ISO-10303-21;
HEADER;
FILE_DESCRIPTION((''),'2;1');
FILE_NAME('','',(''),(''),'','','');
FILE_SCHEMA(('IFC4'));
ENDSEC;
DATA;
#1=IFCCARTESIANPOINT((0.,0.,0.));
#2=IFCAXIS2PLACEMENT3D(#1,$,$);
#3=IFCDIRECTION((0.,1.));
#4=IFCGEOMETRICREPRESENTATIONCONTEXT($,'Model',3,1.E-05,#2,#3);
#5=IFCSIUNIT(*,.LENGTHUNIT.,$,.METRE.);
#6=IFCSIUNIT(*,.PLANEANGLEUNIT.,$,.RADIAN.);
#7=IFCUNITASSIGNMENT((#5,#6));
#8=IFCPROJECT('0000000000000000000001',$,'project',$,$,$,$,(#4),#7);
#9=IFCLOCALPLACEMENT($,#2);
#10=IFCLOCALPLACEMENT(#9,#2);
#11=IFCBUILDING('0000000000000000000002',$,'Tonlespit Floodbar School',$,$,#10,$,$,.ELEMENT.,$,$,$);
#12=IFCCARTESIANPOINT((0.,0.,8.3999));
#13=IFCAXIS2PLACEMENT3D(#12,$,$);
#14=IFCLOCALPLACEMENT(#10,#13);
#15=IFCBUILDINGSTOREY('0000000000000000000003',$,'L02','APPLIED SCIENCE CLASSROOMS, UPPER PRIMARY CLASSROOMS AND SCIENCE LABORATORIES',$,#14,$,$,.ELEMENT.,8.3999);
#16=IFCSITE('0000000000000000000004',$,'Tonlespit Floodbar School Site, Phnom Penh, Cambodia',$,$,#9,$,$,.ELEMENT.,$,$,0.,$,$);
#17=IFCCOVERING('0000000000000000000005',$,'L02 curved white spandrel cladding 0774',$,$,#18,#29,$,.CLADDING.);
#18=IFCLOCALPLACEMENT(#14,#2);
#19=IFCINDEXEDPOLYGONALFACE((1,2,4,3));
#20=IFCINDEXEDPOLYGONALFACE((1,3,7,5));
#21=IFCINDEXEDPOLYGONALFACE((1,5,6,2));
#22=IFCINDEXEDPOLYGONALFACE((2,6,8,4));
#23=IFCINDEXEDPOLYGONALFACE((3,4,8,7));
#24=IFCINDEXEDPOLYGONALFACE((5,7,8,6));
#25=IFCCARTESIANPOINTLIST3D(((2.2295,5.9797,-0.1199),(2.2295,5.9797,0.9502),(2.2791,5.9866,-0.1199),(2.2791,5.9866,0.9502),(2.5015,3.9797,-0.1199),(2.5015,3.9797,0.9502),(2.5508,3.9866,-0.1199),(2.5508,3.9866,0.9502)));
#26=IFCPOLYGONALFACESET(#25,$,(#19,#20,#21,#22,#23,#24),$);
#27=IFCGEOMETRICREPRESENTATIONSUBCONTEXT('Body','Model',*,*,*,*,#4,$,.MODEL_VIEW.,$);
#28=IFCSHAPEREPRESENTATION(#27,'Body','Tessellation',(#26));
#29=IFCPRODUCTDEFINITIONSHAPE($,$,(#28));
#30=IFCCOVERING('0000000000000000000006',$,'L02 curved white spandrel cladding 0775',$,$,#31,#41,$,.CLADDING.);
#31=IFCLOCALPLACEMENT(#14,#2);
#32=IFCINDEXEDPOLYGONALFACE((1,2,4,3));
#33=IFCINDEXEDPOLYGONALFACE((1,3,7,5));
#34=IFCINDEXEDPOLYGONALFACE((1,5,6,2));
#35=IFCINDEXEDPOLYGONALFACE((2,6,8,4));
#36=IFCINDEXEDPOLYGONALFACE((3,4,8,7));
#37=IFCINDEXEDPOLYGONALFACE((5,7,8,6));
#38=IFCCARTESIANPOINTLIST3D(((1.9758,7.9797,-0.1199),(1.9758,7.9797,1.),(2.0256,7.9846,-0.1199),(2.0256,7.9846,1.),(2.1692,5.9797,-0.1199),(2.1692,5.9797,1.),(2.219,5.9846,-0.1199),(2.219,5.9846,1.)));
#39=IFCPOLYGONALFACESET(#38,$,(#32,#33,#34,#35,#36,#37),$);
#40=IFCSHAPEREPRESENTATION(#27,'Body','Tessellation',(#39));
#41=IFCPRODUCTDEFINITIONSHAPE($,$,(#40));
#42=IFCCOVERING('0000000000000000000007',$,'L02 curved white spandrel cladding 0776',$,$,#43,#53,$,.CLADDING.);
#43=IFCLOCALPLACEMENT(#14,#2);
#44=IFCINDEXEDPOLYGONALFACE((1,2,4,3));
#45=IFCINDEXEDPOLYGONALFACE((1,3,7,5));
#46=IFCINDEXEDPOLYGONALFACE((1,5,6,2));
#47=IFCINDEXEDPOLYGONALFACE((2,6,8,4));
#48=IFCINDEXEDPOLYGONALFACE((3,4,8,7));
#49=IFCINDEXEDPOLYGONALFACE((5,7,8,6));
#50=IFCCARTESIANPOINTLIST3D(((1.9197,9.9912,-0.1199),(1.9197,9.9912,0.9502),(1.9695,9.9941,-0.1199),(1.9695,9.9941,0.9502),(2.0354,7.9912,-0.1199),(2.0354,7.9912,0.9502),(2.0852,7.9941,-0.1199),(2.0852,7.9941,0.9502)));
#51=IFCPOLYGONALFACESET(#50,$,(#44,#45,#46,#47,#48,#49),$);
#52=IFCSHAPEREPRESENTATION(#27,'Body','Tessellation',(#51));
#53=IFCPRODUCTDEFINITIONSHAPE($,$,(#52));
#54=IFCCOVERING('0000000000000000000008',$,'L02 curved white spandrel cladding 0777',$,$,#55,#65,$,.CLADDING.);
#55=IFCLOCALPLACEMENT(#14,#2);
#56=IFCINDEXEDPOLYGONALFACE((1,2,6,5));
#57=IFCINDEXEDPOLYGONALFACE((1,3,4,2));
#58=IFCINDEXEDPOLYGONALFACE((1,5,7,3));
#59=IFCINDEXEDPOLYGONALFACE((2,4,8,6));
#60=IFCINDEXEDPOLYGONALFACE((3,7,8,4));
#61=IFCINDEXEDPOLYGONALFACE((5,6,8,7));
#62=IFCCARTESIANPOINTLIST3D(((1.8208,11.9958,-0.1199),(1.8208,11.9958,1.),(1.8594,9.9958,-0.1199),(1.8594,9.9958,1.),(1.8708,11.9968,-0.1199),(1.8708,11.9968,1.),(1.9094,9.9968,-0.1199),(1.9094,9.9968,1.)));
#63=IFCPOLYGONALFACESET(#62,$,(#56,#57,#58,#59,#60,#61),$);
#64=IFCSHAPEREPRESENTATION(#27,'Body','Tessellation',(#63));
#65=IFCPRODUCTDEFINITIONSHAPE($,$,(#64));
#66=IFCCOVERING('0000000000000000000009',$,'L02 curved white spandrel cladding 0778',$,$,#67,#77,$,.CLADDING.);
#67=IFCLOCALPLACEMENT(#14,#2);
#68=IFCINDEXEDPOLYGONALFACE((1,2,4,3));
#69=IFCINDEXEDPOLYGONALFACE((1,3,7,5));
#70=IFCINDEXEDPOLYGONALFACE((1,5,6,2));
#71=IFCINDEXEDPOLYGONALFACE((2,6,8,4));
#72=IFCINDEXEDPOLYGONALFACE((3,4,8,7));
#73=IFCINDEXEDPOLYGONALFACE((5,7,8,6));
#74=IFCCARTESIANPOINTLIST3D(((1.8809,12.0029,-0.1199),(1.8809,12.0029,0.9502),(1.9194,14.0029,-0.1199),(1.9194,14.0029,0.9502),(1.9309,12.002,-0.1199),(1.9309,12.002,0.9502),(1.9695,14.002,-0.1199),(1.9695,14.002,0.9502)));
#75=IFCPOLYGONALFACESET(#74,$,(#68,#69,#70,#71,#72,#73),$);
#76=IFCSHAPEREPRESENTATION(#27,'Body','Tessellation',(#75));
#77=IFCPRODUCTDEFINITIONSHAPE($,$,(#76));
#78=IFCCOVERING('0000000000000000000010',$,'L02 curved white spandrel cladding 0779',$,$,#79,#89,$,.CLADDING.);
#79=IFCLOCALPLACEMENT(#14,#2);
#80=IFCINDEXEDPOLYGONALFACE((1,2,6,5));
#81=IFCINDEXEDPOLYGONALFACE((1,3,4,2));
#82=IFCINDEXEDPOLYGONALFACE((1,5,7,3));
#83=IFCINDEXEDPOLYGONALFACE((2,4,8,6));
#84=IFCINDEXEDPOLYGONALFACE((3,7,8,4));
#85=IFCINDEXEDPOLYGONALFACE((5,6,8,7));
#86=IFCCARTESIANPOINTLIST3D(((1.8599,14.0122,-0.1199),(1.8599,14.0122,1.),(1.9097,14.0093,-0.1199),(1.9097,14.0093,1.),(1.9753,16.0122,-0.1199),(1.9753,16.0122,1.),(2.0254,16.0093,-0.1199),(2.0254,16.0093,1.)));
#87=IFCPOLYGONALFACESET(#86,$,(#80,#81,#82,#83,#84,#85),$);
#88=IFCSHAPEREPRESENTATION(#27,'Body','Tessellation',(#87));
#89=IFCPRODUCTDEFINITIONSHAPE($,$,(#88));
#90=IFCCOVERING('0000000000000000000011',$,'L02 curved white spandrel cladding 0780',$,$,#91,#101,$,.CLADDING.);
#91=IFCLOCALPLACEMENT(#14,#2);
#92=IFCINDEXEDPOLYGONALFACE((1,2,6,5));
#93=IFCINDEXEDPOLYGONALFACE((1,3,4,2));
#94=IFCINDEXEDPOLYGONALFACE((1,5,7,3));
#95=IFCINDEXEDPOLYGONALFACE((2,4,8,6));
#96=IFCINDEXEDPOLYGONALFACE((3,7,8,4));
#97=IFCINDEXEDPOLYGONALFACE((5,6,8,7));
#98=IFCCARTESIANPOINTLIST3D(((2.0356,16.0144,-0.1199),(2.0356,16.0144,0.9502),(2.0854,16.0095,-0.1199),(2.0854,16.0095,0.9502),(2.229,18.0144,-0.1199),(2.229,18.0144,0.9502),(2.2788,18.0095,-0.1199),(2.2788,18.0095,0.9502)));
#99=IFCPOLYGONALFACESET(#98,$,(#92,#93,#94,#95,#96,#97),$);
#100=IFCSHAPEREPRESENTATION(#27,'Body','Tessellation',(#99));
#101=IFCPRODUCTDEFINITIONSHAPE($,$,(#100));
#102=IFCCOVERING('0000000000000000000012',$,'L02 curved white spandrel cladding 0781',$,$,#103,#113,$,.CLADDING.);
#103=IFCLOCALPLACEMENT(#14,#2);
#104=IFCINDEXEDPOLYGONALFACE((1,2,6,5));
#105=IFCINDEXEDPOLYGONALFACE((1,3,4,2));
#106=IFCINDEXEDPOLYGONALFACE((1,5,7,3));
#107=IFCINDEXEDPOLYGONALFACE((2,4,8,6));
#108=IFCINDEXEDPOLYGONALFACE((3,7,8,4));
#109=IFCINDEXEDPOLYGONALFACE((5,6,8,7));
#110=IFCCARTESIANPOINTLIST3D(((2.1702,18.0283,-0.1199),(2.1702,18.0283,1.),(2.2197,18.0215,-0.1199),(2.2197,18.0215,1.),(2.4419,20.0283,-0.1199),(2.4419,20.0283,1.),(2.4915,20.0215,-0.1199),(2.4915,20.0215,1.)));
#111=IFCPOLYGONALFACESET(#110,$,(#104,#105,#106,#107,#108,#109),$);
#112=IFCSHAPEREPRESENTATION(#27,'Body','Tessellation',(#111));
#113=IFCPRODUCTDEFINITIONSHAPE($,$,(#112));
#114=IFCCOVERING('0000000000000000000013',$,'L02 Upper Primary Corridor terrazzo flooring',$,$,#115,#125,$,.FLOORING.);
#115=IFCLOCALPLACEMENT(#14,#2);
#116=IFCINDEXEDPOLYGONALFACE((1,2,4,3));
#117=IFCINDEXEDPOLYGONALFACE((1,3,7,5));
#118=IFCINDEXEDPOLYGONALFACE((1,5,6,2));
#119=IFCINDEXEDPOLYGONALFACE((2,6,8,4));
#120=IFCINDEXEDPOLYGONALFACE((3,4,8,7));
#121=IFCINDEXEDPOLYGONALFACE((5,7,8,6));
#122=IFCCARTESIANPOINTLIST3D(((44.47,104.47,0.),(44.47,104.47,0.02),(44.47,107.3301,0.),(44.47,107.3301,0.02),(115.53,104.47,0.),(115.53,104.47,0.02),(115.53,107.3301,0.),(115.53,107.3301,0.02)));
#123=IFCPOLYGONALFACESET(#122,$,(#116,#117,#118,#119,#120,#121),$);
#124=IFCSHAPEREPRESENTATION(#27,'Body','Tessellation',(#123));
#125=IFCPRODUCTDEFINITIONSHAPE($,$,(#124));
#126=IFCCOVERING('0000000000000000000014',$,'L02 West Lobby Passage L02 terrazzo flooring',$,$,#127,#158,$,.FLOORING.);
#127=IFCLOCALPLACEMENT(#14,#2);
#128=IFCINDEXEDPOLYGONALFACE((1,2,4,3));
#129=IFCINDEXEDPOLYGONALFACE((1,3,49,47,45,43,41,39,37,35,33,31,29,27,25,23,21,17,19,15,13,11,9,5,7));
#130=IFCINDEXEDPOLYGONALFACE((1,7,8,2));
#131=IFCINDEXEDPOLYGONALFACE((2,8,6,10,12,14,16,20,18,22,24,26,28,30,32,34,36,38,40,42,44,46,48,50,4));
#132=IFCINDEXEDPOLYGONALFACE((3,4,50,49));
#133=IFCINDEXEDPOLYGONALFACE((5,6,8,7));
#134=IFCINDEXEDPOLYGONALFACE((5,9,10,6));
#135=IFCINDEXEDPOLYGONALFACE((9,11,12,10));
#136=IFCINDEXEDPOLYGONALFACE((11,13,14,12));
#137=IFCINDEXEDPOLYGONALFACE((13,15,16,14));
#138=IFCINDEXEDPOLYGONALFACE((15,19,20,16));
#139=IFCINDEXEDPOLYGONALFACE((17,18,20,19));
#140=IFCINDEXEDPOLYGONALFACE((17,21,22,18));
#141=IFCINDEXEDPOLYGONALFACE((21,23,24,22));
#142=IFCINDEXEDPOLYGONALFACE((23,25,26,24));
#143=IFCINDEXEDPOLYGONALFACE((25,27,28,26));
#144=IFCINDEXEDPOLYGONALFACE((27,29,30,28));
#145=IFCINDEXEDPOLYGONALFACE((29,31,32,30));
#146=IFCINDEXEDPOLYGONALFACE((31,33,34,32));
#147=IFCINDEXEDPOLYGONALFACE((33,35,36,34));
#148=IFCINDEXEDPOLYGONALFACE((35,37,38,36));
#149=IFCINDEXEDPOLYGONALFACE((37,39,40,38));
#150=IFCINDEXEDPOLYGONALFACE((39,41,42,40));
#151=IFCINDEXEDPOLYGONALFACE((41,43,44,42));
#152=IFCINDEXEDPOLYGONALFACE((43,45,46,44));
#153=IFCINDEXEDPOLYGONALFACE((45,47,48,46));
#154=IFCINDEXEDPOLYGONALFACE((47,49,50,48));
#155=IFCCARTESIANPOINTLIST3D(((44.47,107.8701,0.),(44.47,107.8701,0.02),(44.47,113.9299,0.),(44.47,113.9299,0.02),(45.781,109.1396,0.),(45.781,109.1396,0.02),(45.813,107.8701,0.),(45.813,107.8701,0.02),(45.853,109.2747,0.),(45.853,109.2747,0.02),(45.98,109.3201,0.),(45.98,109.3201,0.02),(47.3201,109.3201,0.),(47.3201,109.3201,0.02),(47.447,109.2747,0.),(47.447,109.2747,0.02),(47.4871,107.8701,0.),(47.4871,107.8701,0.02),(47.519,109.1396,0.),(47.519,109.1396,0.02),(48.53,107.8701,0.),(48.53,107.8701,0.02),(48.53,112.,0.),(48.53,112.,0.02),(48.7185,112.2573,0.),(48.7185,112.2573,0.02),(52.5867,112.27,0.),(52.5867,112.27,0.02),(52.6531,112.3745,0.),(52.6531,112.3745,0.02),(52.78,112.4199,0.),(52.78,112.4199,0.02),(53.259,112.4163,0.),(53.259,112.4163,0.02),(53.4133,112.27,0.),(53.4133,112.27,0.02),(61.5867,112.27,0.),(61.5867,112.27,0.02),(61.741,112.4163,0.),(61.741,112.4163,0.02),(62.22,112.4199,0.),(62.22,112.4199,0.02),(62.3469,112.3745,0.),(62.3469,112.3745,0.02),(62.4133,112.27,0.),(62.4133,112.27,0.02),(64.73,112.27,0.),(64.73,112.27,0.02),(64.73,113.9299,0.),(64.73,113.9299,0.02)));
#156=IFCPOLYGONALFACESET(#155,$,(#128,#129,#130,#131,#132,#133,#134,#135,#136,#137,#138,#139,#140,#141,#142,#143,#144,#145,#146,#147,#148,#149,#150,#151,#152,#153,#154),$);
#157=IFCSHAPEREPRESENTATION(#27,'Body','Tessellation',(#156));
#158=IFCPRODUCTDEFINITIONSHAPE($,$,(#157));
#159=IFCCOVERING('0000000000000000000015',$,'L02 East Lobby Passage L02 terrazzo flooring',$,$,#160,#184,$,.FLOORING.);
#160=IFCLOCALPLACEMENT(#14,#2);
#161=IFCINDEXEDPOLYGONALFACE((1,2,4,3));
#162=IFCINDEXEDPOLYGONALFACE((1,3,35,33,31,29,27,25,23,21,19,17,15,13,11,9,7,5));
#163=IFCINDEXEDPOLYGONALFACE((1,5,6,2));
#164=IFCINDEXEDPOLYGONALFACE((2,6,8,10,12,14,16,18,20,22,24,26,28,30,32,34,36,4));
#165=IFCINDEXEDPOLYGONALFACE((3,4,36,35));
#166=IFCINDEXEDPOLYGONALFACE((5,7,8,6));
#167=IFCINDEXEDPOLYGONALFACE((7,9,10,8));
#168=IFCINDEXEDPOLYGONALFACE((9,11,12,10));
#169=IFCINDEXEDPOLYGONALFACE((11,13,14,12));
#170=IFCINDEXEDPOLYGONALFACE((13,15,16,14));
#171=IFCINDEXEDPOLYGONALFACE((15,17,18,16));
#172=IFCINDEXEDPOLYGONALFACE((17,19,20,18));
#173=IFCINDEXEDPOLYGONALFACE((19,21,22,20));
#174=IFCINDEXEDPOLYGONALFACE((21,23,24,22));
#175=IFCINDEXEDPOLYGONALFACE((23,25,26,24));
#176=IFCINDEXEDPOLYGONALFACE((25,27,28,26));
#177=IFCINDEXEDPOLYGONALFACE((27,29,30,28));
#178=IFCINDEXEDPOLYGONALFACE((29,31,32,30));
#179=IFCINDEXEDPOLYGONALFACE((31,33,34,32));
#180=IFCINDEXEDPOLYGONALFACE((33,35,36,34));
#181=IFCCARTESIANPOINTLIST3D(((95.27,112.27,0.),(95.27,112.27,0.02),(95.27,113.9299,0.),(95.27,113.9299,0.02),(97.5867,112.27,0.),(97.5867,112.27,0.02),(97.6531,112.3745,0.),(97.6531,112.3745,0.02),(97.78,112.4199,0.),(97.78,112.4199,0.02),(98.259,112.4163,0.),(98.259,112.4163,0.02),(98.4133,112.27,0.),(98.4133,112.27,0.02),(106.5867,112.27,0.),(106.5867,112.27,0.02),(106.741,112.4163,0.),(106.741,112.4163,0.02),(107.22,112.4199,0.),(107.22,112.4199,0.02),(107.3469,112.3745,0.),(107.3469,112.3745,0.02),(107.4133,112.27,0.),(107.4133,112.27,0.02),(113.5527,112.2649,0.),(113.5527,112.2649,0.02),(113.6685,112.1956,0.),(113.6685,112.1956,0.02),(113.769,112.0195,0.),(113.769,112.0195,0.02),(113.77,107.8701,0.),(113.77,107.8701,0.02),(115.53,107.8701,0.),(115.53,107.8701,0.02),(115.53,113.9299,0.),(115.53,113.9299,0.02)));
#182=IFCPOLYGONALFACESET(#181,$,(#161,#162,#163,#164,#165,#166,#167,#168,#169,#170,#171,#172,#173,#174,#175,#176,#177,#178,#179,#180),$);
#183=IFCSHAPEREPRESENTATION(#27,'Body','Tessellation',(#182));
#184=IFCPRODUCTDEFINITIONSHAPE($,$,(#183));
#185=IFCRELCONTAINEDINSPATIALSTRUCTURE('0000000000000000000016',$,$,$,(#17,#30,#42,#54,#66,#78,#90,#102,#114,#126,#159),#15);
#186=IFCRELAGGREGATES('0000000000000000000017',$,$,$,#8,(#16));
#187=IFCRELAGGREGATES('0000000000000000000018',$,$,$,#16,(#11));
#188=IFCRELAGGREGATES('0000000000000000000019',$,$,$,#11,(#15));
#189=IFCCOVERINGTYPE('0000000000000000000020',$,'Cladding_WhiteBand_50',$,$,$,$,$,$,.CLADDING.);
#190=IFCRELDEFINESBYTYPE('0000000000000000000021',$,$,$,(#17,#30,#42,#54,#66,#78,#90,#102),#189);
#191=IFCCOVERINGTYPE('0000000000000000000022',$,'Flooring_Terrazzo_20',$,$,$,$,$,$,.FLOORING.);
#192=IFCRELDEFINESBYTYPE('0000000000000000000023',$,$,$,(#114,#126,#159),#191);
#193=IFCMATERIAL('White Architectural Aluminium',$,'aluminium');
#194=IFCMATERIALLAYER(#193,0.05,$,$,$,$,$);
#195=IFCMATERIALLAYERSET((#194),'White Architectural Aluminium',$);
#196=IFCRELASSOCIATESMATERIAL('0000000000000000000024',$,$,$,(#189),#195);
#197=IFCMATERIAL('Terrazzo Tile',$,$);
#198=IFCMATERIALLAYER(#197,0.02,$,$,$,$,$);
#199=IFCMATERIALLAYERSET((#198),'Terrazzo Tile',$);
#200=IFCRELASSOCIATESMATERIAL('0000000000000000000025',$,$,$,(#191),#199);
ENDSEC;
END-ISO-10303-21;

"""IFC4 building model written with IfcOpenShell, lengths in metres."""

from ifc_helpers import new_model, si_unit, direction, frame, origin, place, context, subcontext, project, spatial, polyline, outline, extrude, material, layer, layer_set, type_object, element, save


model = new_model("IFC4")

# Units and contexts
model_context = context("Model", 3, precision=1e-05, world=origin(), true_north=direction((0.0, 1.0)))
body_context = subcontext(model_context, "Body", "Model", "MODEL_VIEW")
ifc_project = project(units=[si_unit("LENGTHUNIT", "METRE"), si_unit("PLANEANGLEUNIT", "RADIAN")], contexts=[model_context])

# Site, building, storey
site_placement = place(None, origin())
site = spatial("IfcSite", under=ifc_project, at=site_placement, Name="Tonlespit Floodbar School Site, Phnom Penh, Cambodia", CompositionType="ELEMENT", RefElevation=0.0)
building_placement = place(site_placement, origin())
building = spatial("IfcBuilding", under=site, at=building_placement, Name="Tonlespit Floodbar School", CompositionType="ELEMENT")
storey_placement = place(building_placement, frame((0.0, 0.0, 8.3999)))
storey = spatial("IfcBuildingStorey", under=building, at=storey_placement, Name="L02", Description="APPLIED SCIENCE CLASSROOMS, UPPER PRIMARY CLASSROOMS AND SCIENCE LABORATORIES", CompositionType="ELEMENT", Elevation=8.3999)

# Shared definitions
ifc_material_1 = material(Name="White Architectural Aluminium", Category="aluminium")

# Coverings
ifc_layer_1 = layer(ifc_material_1, 0.05)
ifc_layer_set_1 = layer_set([ifc_layer_1], Name="White Architectural Aluminium")
covering_type_1 = type_object("IfcCoveringType", Name="Cladding_WhiteBand_50", PredefinedType="CLADDING", material=ifc_layer_set_1)
covering_1_placement = place(storey_placement, frame((0.0, 0.0, -0.1199)))
element("IfcCovering", 1, at=covering_1_placement, inside=storey, type_object=covering_type_1, Name="L02 curved white spandrel cladding 0774", PredefinedType="CLADDING", context=body_context, shape_type="SweptSolid", body=[
    extrude(outline(polyline([(2.5508, 3.9866), (2.2791, 5.9866), (2.2295, 5.9797), (2.5015, 3.9797), (2.5508, 3.9866)])), origin(), (0.0, 0.0, 1.0), 1.0701),
])
covering_2_placement = place(storey_placement, frame((0.0, 0.0, -0.1199)))
element("IfcCovering", 2, at=covering_2_placement, inside=storey, type_object=covering_type_1, Name="L02 curved white spandrel cladding 0775", PredefinedType="CLADDING", context=body_context, shape_type="SweptSolid", body=[
    extrude(outline(polyline([(2.219, 5.9846), (2.0256, 7.9846), (1.9758, 7.9797), (2.1692, 5.9797), (2.219, 5.9846)])), origin(), (0.0, 0.0, 1.0), 1.1199),
])
covering_3_placement = place(storey_placement, frame((0.0, 0.0, -0.1199)))
element("IfcCovering", 3, at=covering_3_placement, inside=storey, type_object=covering_type_1, Name="L02 curved white spandrel cladding 0776", PredefinedType="CLADDING", context=body_context, shape_type="SweptSolid", body=[
    extrude(outline(polyline([(2.0852, 7.9941), (1.9695, 9.9941), (1.9197, 9.9912), (2.0354, 7.9912), (2.0852, 7.9941)])), origin(), (0.0, 0.0, 1.0), 1.0701),
])
covering_4_placement = place(storey_placement, frame((0.0, 0.0, -0.1199)))
element("IfcCovering", 4, at=covering_4_placement, inside=storey, type_object=covering_type_1, Name="L02 curved white spandrel cladding 0777", PredefinedType="CLADDING", context=body_context, shape_type="SweptSolid", body=[
    extrude(outline(polyline([(1.9094, 9.9968), (1.8708, 11.9968), (1.8208, 11.9958), (1.8594, 9.9958), (1.9094, 9.9968)])), origin(), (0.0, 0.0, 1.0), 1.1199),
])
covering_5_placement = place(storey_placement, frame((0.0, 0.0, -0.1199)))
element("IfcCovering", 5, at=covering_5_placement, inside=storey, type_object=covering_type_1, Name="L02 curved white spandrel cladding 0778", PredefinedType="CLADDING", context=body_context, shape_type="SweptSolid", body=[
    extrude(outline(polyline([(1.9309, 12.002), (1.9695, 14.002), (1.9194, 14.0029), (1.8809, 12.0029), (1.9309, 12.002)])), origin(), (0.0, 0.0, 1.0), 1.0701),
])
covering_6_placement = place(storey_placement, frame((0.0, 0.0, -0.1199)))
element("IfcCovering", 6, at=covering_6_placement, inside=storey, type_object=covering_type_1, Name="L02 curved white spandrel cladding 0779", PredefinedType="CLADDING", context=body_context, shape_type="SweptSolid", body=[
    extrude(outline(polyline([(1.9097, 14.0093), (2.0254, 16.0093), (1.9753, 16.0122), (1.8599, 14.0122), (1.9097, 14.0093)])), origin(), (0.0, 0.0, 1.0), 1.1199),
])
covering_7_placement = place(storey_placement, frame((0.0, 0.0, -0.1199)))
element("IfcCovering", 7, at=covering_7_placement, inside=storey, type_object=covering_type_1, Name="L02 curved white spandrel cladding 0780", PredefinedType="CLADDING", context=body_context, shape_type="SweptSolid", body=[
    extrude(outline(polyline([(2.0854, 16.0095), (2.2788, 18.0095), (2.229, 18.0144), (2.0356, 16.0144), (2.0854, 16.0095)])), origin(), (0.0, 0.0, 1.0), 1.0701),
])
covering_8_placement = place(storey_placement, frame((0.0, 0.0, -0.1199)))
element("IfcCovering", 8, at=covering_8_placement, inside=storey, type_object=covering_type_1, Name="L02 curved white spandrel cladding 0781", PredefinedType="CLADDING", context=body_context, shape_type="SweptSolid", body=[
    extrude(outline(polyline([(2.2197, 18.0215), (2.4915, 20.0215), (2.4419, 20.0283), (2.1702, 18.0283), (2.2197, 18.0215)])), origin(), (0.0, 0.0, 1.0), 1.1199),
])
ifc_material_2 = material(Name="Terrazzo Tile")
ifc_layer_2 = layer(ifc_material_2, 0.02)
ifc_layer_set_2 = layer_set([ifc_layer_2], Name="Terrazzo Tile")
covering_type_2 = type_object("IfcCoveringType", Name="Flooring_Terrazzo_20", PredefinedType="FLOORING", material=ifc_layer_set_2)
covering_9_placement = place(storey_placement, origin())
element("IfcCovering", 9, at=covering_9_placement, inside=storey, type_object=covering_type_2, Name="L02 Upper Primary Corridor terrazzo flooring", PredefinedType="FLOORING", context=body_context, shape_type="SweptSolid", body=[
    extrude(outline(polyline([(115.53, 107.3301), (115.53, 104.47), (44.47, 104.47), (44.47, 107.3301), (115.53, 107.3301)])), origin(), (0.0, 0.0, 1.0), 0.02),
])
covering_10_placement = place(storey_placement, origin())
element("IfcCovering", 10, at=covering_10_placement, inside=storey, type_object=covering_type_2, Name="L02 West Lobby Passage L02 terrazzo flooring", PredefinedType="FLOORING", context=body_context, shape_type="SweptSolid", body=[
    extrude(outline(polyline([(45.781, 109.1396), (45.813, 107.8701), (44.47, 107.8701), (44.47, 113.9299), (64.73, 113.9299), (64.73, 112.27), (62.4133, 112.27), (62.3469, 112.3745), (62.22, 112.4199), (61.741, 112.4163), (61.5867, 112.27), (53.4133, 112.27), (53.259, 112.4163), (52.78, 112.4199), (52.6531, 112.3745), (52.5867, 112.27), (48.7185, 112.2573), (48.53, 112.0), (48.53, 107.8701), (47.4871, 107.8701), (47.519, 109.1396), (47.447, 109.2747), (47.3201, 109.3201), (45.98, 109.3201), (45.853, 109.2747), (45.781, 109.1396)])), origin(), (0.0, 0.0, 1.0), 0.02),
])
covering_11_placement = place(storey_placement, origin())
element("IfcCovering", 11, at=covering_11_placement, inside=storey, type_object=covering_type_2, Name="L02 East Lobby Passage L02 terrazzo flooring", PredefinedType="FLOORING", context=body_context, shape_type="SweptSolid", body=[
    extrude(outline(polyline([(97.5867, 112.27), (95.27, 112.27), (95.27, 113.9299), (115.53, 113.9299), (115.53, 107.8701), (113.77, 107.8701), (113.769, 112.0195), (113.6685, 112.1956), (113.5527, 112.2649), (107.4133, 112.27), (107.3469, 112.3745), (107.22, 112.4199), (106.741, 112.4163), (106.5867, 112.27), (98.4133, 112.27), (98.259, 112.4163), (97.78, 112.4199), (97.6531, 112.3745), (97.5867, 112.27)])), origin(), (0.0, 0.0, 1.0), 0.02),
])

save(model, "model.ifc")
